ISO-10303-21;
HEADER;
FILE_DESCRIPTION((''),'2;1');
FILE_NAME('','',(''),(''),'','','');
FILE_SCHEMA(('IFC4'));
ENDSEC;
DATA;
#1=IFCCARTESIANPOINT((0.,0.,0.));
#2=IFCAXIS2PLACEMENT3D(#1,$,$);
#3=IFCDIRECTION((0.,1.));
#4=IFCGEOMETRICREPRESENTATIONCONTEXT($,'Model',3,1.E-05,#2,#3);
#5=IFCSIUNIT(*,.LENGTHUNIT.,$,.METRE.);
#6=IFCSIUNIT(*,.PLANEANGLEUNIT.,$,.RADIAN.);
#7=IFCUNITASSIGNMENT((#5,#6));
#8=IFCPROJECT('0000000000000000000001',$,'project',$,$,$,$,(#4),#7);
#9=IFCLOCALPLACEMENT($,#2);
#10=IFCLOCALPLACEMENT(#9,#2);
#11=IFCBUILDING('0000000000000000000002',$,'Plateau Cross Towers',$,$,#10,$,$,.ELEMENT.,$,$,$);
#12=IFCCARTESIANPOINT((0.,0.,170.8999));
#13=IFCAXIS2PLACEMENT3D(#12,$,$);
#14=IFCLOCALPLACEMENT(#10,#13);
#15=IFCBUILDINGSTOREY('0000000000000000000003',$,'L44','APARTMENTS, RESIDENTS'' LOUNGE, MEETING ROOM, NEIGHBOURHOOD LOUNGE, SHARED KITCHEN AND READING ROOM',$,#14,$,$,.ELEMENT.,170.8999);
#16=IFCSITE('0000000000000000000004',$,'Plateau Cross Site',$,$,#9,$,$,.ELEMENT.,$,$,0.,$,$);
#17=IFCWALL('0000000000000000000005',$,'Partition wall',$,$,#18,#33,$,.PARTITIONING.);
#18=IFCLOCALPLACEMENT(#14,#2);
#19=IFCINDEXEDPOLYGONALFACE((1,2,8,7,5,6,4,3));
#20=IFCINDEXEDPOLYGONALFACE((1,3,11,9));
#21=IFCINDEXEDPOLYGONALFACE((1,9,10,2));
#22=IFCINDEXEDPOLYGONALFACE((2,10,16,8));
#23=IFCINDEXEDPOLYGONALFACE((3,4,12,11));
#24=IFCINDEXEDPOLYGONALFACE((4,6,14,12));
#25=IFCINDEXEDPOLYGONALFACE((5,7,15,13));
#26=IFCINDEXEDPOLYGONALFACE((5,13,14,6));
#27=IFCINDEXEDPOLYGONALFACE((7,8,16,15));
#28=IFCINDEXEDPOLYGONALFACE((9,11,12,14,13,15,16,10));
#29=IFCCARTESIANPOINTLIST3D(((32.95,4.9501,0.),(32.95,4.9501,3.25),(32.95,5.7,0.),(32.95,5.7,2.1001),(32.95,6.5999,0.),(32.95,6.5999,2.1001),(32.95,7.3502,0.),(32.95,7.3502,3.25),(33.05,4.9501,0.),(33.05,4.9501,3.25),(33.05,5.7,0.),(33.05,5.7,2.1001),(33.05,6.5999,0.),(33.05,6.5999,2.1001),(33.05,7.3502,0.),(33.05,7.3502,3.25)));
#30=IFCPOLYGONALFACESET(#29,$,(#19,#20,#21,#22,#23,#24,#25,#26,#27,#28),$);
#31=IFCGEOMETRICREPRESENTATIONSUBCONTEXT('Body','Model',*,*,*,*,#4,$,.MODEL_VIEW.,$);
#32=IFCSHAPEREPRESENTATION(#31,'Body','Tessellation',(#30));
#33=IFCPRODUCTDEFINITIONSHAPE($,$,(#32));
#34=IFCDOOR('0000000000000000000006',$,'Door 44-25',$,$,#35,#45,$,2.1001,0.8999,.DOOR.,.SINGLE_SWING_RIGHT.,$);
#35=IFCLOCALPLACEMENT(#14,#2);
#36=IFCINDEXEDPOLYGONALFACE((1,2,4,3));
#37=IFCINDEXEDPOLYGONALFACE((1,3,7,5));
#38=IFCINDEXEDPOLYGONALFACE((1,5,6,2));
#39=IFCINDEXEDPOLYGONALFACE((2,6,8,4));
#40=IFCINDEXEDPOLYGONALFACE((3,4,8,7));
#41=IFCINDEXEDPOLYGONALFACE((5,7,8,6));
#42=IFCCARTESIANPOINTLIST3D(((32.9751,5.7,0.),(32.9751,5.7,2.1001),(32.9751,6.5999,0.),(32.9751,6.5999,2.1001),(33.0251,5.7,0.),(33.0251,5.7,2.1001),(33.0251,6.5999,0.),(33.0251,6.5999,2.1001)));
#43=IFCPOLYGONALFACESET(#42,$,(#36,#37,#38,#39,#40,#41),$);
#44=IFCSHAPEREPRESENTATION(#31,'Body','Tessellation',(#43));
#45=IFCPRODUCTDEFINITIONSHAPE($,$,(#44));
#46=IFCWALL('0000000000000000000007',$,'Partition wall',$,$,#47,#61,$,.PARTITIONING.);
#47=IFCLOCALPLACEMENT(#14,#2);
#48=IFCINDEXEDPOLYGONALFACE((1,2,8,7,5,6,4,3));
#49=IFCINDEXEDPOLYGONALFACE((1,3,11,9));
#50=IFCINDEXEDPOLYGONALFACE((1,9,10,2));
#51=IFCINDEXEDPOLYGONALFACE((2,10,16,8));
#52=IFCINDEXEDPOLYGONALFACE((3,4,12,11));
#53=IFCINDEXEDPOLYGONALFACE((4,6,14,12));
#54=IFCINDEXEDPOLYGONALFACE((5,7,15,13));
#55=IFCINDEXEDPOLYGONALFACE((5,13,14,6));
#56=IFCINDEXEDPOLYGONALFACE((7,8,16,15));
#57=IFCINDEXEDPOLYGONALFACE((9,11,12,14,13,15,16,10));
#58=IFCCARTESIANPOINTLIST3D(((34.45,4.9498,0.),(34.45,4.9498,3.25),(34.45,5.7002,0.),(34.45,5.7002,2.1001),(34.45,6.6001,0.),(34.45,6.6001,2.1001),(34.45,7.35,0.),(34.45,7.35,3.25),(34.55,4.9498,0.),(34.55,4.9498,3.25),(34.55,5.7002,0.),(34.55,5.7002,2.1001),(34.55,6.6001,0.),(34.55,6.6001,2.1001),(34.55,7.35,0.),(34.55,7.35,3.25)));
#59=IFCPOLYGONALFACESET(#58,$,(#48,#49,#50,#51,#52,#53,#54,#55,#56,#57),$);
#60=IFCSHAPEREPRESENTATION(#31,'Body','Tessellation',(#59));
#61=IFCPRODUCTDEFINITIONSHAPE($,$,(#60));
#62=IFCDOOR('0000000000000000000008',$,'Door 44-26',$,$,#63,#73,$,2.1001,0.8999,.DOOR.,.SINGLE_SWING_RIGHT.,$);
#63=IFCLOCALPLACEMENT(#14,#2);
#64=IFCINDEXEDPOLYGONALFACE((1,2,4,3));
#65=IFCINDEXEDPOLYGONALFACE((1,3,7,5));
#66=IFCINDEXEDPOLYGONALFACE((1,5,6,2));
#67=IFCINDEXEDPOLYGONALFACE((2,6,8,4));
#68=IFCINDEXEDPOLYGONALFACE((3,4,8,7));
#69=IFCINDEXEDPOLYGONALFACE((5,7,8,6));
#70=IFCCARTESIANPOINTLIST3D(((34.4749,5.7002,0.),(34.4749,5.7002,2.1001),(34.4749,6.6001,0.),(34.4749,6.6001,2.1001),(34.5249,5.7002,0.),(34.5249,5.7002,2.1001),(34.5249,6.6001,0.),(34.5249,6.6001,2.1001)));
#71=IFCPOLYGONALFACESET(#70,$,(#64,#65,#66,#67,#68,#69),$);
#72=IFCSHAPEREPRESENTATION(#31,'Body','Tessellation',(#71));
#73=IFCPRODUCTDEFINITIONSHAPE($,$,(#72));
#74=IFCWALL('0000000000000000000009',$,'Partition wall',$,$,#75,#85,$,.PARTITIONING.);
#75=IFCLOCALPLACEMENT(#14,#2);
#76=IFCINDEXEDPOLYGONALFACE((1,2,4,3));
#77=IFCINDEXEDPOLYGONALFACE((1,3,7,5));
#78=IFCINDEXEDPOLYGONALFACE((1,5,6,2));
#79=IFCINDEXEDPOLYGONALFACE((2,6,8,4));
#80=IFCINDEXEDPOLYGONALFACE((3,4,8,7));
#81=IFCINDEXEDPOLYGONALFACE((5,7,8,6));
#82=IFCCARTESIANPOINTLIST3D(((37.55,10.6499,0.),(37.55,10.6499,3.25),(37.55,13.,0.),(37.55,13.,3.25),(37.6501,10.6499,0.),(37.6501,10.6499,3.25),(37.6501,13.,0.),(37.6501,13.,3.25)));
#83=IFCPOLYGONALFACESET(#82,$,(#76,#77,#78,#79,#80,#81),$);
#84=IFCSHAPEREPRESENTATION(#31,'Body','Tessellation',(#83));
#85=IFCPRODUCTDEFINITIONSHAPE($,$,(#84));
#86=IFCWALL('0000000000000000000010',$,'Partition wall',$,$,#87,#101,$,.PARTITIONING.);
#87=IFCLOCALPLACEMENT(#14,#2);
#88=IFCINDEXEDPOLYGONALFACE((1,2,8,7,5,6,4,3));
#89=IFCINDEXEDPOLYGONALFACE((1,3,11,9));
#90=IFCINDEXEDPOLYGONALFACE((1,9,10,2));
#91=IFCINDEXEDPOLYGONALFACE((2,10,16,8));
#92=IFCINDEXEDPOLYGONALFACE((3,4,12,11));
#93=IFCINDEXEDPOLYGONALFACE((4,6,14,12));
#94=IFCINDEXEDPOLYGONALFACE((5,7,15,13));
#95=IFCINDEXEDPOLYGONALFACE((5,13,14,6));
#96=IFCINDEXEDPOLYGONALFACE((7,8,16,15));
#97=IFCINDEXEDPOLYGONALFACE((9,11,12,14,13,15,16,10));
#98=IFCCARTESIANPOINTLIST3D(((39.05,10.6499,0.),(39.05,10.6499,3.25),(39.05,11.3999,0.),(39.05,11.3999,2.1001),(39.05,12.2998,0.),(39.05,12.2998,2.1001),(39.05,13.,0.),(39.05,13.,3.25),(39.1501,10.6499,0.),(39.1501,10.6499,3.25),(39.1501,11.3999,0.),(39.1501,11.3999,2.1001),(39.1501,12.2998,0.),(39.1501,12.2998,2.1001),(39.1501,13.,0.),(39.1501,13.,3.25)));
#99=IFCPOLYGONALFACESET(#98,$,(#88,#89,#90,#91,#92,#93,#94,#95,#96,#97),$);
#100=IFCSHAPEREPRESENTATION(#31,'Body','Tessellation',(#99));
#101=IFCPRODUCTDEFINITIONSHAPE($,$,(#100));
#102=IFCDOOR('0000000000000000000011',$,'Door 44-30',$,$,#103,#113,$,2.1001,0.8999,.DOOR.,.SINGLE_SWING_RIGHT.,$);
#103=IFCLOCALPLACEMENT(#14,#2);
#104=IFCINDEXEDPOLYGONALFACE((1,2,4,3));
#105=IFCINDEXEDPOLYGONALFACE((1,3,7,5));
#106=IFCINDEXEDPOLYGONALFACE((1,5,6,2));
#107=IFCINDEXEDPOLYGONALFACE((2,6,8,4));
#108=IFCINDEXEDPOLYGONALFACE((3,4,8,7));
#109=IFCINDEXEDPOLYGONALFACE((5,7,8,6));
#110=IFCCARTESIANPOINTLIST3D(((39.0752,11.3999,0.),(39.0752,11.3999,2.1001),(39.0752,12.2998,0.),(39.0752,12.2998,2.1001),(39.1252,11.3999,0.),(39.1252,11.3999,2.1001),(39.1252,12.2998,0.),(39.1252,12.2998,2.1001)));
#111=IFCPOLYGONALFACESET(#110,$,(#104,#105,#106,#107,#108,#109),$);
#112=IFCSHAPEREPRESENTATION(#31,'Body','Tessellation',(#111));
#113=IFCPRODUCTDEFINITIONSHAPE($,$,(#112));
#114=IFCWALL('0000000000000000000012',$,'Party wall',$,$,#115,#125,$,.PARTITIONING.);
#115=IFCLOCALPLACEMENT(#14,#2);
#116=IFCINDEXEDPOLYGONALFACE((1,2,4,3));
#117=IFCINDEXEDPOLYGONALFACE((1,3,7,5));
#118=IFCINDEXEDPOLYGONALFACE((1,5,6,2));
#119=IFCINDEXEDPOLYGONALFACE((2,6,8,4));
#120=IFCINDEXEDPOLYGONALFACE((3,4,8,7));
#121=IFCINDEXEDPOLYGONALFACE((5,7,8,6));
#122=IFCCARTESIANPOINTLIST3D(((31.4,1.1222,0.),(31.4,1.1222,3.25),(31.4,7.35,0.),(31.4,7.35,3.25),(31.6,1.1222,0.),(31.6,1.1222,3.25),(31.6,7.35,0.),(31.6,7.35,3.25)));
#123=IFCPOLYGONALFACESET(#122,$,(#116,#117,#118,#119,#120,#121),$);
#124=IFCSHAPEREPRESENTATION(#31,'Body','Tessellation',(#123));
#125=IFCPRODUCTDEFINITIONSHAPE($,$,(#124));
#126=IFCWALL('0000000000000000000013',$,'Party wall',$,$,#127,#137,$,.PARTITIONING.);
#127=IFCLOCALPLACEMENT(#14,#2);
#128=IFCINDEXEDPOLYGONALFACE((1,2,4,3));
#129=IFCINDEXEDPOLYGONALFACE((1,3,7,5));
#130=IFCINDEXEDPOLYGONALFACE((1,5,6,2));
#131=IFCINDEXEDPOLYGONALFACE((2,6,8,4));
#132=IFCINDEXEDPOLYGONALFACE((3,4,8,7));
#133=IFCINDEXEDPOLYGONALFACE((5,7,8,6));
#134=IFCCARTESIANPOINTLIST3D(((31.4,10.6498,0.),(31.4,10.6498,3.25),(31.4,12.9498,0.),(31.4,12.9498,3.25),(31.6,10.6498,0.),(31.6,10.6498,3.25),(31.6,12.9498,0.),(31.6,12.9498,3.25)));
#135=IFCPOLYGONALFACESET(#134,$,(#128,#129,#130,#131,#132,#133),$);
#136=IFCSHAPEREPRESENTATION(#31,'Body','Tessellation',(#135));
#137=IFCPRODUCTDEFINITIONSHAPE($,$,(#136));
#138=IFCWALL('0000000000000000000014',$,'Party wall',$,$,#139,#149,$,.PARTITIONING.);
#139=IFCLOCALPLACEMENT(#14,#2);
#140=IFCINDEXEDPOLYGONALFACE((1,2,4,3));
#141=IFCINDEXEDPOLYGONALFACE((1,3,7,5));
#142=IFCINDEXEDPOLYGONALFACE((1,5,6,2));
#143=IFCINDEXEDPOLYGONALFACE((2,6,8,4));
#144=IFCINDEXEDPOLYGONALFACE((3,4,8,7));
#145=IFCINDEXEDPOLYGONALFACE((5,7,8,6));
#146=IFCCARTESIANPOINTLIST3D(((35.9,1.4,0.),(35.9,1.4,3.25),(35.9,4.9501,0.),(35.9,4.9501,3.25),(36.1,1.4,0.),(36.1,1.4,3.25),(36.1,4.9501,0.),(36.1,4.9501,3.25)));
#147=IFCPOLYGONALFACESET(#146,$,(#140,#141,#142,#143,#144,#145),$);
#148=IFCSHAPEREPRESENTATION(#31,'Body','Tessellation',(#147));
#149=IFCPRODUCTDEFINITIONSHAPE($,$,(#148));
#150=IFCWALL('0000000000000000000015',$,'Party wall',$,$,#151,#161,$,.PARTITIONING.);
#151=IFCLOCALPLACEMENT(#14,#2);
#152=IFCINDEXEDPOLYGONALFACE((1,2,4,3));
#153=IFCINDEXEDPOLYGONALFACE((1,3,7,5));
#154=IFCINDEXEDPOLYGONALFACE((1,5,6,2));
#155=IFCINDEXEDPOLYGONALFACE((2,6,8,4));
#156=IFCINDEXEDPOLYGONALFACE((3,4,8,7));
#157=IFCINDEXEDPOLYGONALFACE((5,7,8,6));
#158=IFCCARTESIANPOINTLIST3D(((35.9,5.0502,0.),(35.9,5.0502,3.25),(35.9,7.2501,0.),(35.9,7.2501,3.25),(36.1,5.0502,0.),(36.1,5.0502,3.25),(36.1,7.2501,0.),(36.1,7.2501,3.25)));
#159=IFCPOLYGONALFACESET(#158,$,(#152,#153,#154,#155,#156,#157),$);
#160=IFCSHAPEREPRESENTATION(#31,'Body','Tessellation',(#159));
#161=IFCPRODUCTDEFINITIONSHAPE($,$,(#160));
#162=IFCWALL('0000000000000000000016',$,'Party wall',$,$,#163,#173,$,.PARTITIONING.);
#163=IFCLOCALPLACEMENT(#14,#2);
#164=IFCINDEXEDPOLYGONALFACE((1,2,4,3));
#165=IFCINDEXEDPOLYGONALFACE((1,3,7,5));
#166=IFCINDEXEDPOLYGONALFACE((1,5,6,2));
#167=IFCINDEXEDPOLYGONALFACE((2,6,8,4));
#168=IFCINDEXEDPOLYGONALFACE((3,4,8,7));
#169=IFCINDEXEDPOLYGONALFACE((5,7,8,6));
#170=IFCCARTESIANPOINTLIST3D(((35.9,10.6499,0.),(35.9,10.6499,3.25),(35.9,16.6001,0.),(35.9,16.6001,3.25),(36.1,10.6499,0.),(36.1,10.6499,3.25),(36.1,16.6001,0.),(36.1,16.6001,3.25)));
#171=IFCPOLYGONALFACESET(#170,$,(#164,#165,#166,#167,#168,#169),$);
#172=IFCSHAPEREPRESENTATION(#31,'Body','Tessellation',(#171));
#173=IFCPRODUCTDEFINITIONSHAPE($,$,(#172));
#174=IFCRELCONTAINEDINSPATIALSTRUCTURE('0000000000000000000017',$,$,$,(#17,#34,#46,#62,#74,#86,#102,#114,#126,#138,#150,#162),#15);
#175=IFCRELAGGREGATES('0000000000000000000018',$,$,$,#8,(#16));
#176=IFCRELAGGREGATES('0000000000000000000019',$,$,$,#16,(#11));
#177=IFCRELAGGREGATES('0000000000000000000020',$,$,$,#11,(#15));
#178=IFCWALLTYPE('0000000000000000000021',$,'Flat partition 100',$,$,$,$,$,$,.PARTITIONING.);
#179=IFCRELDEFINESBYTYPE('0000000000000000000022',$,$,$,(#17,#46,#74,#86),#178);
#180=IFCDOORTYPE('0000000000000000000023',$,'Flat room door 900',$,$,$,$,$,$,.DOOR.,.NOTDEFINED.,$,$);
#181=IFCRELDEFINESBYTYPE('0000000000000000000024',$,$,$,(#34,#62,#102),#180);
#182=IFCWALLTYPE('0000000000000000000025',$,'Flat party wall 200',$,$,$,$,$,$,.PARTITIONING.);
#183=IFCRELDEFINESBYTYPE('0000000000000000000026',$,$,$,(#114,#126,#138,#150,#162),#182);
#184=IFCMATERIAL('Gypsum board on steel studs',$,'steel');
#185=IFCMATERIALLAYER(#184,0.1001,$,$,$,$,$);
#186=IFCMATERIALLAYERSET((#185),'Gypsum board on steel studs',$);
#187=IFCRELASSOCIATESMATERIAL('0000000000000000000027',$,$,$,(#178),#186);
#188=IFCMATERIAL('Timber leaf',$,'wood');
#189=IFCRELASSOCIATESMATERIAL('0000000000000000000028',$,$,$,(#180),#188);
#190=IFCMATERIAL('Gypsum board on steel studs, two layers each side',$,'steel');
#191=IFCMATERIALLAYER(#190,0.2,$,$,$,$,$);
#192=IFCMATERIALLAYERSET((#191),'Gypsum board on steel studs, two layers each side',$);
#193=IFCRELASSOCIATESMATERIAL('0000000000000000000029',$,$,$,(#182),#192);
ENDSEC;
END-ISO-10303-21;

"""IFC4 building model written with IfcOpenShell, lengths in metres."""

from ifc_helpers import new_model, si_unit, direction, frame, frame_2d, origin, place, context, subcontext, project, spatial, rectangle, extrude, material, layer, layer_set, type_object, element, fill, save


model = new_model("IFC4")

# Units and contexts
model_context = context("Model", 3, precision=1e-05, world=origin(), true_north=direction((0.0, 1.0)))
body_context = subcontext(model_context, "Body", "Model", "MODEL_VIEW")
ifc_project = project(units=[si_unit("LENGTHUNIT", "METRE"), si_unit("PLANEANGLEUNIT", "RADIAN")], contexts=[model_context])

# Site, building, storey
site_placement = place(None, origin())
site = spatial("IfcSite", under=ifc_project, at=site_placement, Name="Plateau Cross Site", CompositionType="ELEMENT", RefElevation=0.0)
building_placement = place(site_placement, origin())
building = spatial("IfcBuilding", under=site, at=building_placement, Name="Plateau Cross Towers", CompositionType="ELEMENT")
storey_placement = place(building_placement, frame((0.0, 0.0, 170.8999)))
storey = spatial("IfcBuildingStorey", under=building, at=storey_placement, Name="L44", Description="APARTMENTS, RESIDENTS' LOUNGE, MEETING ROOM, NEIGHBOURHOOD LOUNGE, SHARED KITCHEN AND READING ROOM", CompositionType="ELEMENT", Elevation=170.8999)

# Shared definitions
ifc_material_1 = material(Name="Gypsum board on steel studs", Category="steel")
ifc_layer_1 = layer(ifc_material_1, 0.1001)
ifc_layer_set_1 = layer_set([ifc_layer_1], Name="Gypsum board on steel studs")
wall_type_1 = type_object("IfcWallType", Name="Flat partition 100", PredefinedType="PARTITIONING", material=ifc_layer_set_1)

# Walls, openings, doors
ifc_material_2 = material(Name="Timber leaf", Category="wood")
door_type_1 = type_object("IfcDoorType", Name="Flat room door 900", OperationType="NOTDEFINED", PredefinedType="DOOR", material=ifc_material_2)
wall_1_placement = place(storey_placement, frame((33.0, 4.95, 0.0), z_axis=(0.0, 0.0, 1.0), x_axis=(0.0, 1.0, 0.0)))
wall_1 = element("IfcWall", 1, at=wall_1_placement, inside=storey, type_object=wall_type_1, Name="Partition wall", PredefinedType="PARTITIONING", context=body_context, shape_type="SweptSolid", body=[
    extrude(rectangle(XDim=2.4001, YDim=0.1001, at=frame_2d((1.2002, 0.0))), origin(), (0.0, 0.0, 1.0), 3.25),
])
opening_1_placement = place(wall_1_placement, frame((0.75, 0.0, 0.0)))
opening_1 = element("IfcOpeningElement", 2, at=opening_1_placement, cuts=wall_1, PredefinedType="OPENING", context=body_context, shape_type="SweptSolid", body=[
    extrude(rectangle(XDim=0.8999, YDim=2.1001, at=frame_2d((0.45, 1.05))), frame((0.0, 0.0601, 0.0), z_axis=(0.0, -1.0, 0.0), x_axis=(1.0, 0.0, 0.0)), (0.0, 0.0, 1.0), 0.1201),
])
door_1_placement = place(opening_1_placement, origin())
door_1 = element("IfcDoor", 3, at=door_1_placement, inside=storey, type_object=door_type_1, Name="Door 44-25", OperationType="SINGLE_SWING_RIGHT", OverallHeight=2.1001, OverallWidth=0.8999, PredefinedType="DOOR", context=body_context, shape_type="SweptSolid", body=[
    extrude(rectangle(XDim=0.8999, YDim=2.1001, at=frame_2d((0.45, 1.05))), frame((0.0, 0.0249, 0.0), z_axis=(0.0, -1.0, 0.0), x_axis=(1.0, 0.0, 0.0)), (0.0, 0.0, 1.0), 0.05),
])
fill(opening_1, door_1)
wall_2_placement = place(storey_placement, frame((34.5, 7.3501, 0.0), z_axis=(0.0, 0.0, 1.0), x_axis=(0.0, -1.0, 0.0)))
wall_2 = element("IfcWall", 4, at=wall_2_placement, inside=storey, type_object=wall_type_1, Name="Partition wall", PredefinedType="PARTITIONING", context=body_context, shape_type="SweptSolid", body=[
    extrude(rectangle(XDim=2.4001, YDim=0.1001, at=frame_2d((1.2002, 0.0))), origin(), (0.0, 0.0, 1.0), 3.25),
])
opening_2_placement = place(wall_2_placement, frame((0.75, 0.0, 0.0)))
opening_2 = element("IfcOpeningElement", 5, at=opening_2_placement, cuts=wall_2, PredefinedType="OPENING", context=body_context, shape_type="SweptSolid", body=[
    extrude(rectangle(XDim=0.8999, YDim=2.1001, at=frame_2d((0.45, 1.05))), frame((0.0, 0.0601, 0.0), z_axis=(0.0, -1.0, 0.0), x_axis=(1.0, 0.0, 0.0)), (0.0, 0.0, 1.0), 0.1201),
])
door_2_placement = place(opening_2_placement, origin())
door_2 = element("IfcDoor", 6, at=door_2_placement, inside=storey, type_object=door_type_1, Name="Door 44-26", OperationType="SINGLE_SWING_RIGHT", OverallHeight=2.1001, OverallWidth=0.8999, PredefinedType="DOOR", context=body_context, shape_type="SweptSolid", body=[
    extrude(rectangle(XDim=0.8999, YDim=2.1001, at=frame_2d((0.45, 1.05))), frame((0.0, 0.0249, 0.0), z_axis=(0.0, -1.0, 0.0), x_axis=(1.0, 0.0, 0.0)), (0.0, 0.0, 1.0), 0.05),
])
fill(opening_2, door_2)

# Wall
wall_3_placement = place(storey_placement, frame((37.6001, 10.6499, 0.0), z_axis=(0.0, 0.0, 1.0), x_axis=(0.0, 1.0, 0.0)))
element("IfcWall", 7, at=wall_3_placement, inside=storey, type_object=wall_type_1, Name="Partition wall", PredefinedType="PARTITIONING", context=body_context, shape_type="SweptSolid", body=[
    extrude(rectangle(XDim=2.3501, YDim=0.1001, at=frame_2d((1.175, 0.0))), origin(), (0.0, 0.0, 1.0), 3.25),
])

# Wall, opening, door
wall_4_placement = place(storey_placement, frame((39.1001, 10.6499, 0.0), z_axis=(0.0, 0.0, 1.0), x_axis=(0.0, 1.0, 0.0)))
wall_4 = element("IfcWall", 8, at=wall_4_placement, inside=storey, type_object=wall_type_1, Name="Partition wall", PredefinedType="PARTITIONING", context=body_context, shape_type="SweptSolid", body=[
    extrude(rectangle(XDim=2.3501, YDim=0.1001, at=frame_2d((1.175, 0.0))), origin(), (0.0, 0.0, 1.0), 3.25),
])
opening_3_placement = place(wall_4_placement, frame((0.75, 0.0, 0.0)))
opening_3 = element("IfcOpeningElement", 9, at=opening_3_placement, cuts=wall_4, PredefinedType="OPENING", context=body_context, shape_type="SweptSolid", body=[
    extrude(rectangle(XDim=0.8999, YDim=2.1001, at=frame_2d((0.45, 1.05))), frame((0.0, 0.0601, 0.0), z_axis=(0.0, -1.0, 0.0), x_axis=(1.0, 0.0, 0.0)), (0.0, 0.0, 1.0), 0.1201),
])
door_3_placement = place(opening_3_placement, origin())
door_3 = element("IfcDoor", 10, at=door_3_placement, inside=storey, type_object=door_type_1, Name="Door 44-30", OperationType="SINGLE_SWING_RIGHT", OverallHeight=2.1001, OverallWidth=0.8999, PredefinedType="DOOR", context=body_context, shape_type="SweptSolid", body=[
    extrude(rectangle(XDim=0.8999, YDim=2.1001, at=frame_2d((0.45, 1.05))), frame((0.0, 0.0249, 0.0), z_axis=(0.0, -1.0, 0.0), x_axis=(1.0, 0.0, 0.0)), (0.0, 0.0, 1.0), 0.05),
])
fill(opening_3, door_3)

# Walls
ifc_material_3 = material(Name="Gypsum board on steel studs, two layers each side", Category="steel")
ifc_layer_2 = layer(ifc_material_3, 0.2)
ifc_layer_set_2 = layer_set([ifc_layer_2], Name="Gypsum board on steel studs, two layers each side")
wall_type_2 = type_object("IfcWallType", Name="Flat party wall 200", PredefinedType="PARTITIONING", material=ifc_layer_set_2)
wall_5_placement = place(storey_placement, frame((31.5, 1.1223, 0.0), z_axis=(0.0, 0.0, 1.0), x_axis=(0.0, 1.0, 0.0)))
element("IfcWall", 11, at=wall_5_placement, inside=storey, type_object=wall_type_2, Name="Party wall", PredefinedType="PARTITIONING", context=body_context, shape_type="SweptSolid", body=[
    extrude(rectangle(XDim=6.2278, YDim=0.2, at=frame_2d((3.1138, 0.0))), origin(), (0.0, 0.0, 1.0), 3.25),
])
wall_6_placement = place(storey_placement, frame((31.5, 10.6499, 0.0), z_axis=(0.0, 0.0, 1.0), x_axis=(0.0, 1.0, 0.0)))
element("IfcWall", 12, at=wall_6_placement, inside=storey, type_object=wall_type_2, Name="Party wall", PredefinedType="PARTITIONING", context=body_context, shape_type="SweptSolid", body=[
    extrude(rectangle(XDim=2.3, YDim=0.2, at=frame_2d((1.1499, 0.0))), origin(), (0.0, 0.0, 1.0), 3.25),
])
wall_7_placement = place(storey_placement, frame((36.0, 4.95, 0.0), z_axis=(0.0, 0.0, 1.0), x_axis=(0.0, -1.0, 0.0)))
element("IfcWall", 13, at=wall_7_placement, inside=storey, type_object=wall_type_2, Name="Party wall", PredefinedType="PARTITIONING", context=body_context, shape_type="SweptSolid", body=[
    extrude(rectangle(XDim=3.55, YDim=0.2, at=frame_2d((1.7749, 0.0))), origin(), (0.0, 0.0, 1.0), 3.25),
])
wall_8_placement = place(storey_placement, frame((36.0, 5.05, 0.0), z_axis=(0.0, 0.0, 1.0), x_axis=(0.0, 1.0, 0.0)))
element("IfcWall", 14, at=wall_8_placement, inside=storey, type_object=wall_type_2, Name="Party wall", PredefinedType="PARTITIONING", context=body_context, shape_type="SweptSolid", body=[
    extrude(rectangle(XDim=2.2, YDim=0.2, at=frame_2d((1.1001, 0.0))), origin(), (0.0, 0.0, 1.0), 3.25),
])
wall_9_placement = place(storey_placement, frame((36.0, 10.6499, 0.0), z_axis=(0.0, 0.0, 1.0), x_axis=(0.0, 1.0, 0.0)))
element("IfcWall", 15, at=wall_9_placement, inside=storey, type_object=wall_type_2, Name="Party wall", PredefinedType="PARTITIONING", context=body_context, shape_type="SweptSolid", body=[
    extrude(rectangle(XDim=5.9502, YDim=0.2, at=frame_2d((2.9751, 0.0))), origin(), (0.0, 0.0, 1.0), 3.25),
])

save(model, "model.ifc")
